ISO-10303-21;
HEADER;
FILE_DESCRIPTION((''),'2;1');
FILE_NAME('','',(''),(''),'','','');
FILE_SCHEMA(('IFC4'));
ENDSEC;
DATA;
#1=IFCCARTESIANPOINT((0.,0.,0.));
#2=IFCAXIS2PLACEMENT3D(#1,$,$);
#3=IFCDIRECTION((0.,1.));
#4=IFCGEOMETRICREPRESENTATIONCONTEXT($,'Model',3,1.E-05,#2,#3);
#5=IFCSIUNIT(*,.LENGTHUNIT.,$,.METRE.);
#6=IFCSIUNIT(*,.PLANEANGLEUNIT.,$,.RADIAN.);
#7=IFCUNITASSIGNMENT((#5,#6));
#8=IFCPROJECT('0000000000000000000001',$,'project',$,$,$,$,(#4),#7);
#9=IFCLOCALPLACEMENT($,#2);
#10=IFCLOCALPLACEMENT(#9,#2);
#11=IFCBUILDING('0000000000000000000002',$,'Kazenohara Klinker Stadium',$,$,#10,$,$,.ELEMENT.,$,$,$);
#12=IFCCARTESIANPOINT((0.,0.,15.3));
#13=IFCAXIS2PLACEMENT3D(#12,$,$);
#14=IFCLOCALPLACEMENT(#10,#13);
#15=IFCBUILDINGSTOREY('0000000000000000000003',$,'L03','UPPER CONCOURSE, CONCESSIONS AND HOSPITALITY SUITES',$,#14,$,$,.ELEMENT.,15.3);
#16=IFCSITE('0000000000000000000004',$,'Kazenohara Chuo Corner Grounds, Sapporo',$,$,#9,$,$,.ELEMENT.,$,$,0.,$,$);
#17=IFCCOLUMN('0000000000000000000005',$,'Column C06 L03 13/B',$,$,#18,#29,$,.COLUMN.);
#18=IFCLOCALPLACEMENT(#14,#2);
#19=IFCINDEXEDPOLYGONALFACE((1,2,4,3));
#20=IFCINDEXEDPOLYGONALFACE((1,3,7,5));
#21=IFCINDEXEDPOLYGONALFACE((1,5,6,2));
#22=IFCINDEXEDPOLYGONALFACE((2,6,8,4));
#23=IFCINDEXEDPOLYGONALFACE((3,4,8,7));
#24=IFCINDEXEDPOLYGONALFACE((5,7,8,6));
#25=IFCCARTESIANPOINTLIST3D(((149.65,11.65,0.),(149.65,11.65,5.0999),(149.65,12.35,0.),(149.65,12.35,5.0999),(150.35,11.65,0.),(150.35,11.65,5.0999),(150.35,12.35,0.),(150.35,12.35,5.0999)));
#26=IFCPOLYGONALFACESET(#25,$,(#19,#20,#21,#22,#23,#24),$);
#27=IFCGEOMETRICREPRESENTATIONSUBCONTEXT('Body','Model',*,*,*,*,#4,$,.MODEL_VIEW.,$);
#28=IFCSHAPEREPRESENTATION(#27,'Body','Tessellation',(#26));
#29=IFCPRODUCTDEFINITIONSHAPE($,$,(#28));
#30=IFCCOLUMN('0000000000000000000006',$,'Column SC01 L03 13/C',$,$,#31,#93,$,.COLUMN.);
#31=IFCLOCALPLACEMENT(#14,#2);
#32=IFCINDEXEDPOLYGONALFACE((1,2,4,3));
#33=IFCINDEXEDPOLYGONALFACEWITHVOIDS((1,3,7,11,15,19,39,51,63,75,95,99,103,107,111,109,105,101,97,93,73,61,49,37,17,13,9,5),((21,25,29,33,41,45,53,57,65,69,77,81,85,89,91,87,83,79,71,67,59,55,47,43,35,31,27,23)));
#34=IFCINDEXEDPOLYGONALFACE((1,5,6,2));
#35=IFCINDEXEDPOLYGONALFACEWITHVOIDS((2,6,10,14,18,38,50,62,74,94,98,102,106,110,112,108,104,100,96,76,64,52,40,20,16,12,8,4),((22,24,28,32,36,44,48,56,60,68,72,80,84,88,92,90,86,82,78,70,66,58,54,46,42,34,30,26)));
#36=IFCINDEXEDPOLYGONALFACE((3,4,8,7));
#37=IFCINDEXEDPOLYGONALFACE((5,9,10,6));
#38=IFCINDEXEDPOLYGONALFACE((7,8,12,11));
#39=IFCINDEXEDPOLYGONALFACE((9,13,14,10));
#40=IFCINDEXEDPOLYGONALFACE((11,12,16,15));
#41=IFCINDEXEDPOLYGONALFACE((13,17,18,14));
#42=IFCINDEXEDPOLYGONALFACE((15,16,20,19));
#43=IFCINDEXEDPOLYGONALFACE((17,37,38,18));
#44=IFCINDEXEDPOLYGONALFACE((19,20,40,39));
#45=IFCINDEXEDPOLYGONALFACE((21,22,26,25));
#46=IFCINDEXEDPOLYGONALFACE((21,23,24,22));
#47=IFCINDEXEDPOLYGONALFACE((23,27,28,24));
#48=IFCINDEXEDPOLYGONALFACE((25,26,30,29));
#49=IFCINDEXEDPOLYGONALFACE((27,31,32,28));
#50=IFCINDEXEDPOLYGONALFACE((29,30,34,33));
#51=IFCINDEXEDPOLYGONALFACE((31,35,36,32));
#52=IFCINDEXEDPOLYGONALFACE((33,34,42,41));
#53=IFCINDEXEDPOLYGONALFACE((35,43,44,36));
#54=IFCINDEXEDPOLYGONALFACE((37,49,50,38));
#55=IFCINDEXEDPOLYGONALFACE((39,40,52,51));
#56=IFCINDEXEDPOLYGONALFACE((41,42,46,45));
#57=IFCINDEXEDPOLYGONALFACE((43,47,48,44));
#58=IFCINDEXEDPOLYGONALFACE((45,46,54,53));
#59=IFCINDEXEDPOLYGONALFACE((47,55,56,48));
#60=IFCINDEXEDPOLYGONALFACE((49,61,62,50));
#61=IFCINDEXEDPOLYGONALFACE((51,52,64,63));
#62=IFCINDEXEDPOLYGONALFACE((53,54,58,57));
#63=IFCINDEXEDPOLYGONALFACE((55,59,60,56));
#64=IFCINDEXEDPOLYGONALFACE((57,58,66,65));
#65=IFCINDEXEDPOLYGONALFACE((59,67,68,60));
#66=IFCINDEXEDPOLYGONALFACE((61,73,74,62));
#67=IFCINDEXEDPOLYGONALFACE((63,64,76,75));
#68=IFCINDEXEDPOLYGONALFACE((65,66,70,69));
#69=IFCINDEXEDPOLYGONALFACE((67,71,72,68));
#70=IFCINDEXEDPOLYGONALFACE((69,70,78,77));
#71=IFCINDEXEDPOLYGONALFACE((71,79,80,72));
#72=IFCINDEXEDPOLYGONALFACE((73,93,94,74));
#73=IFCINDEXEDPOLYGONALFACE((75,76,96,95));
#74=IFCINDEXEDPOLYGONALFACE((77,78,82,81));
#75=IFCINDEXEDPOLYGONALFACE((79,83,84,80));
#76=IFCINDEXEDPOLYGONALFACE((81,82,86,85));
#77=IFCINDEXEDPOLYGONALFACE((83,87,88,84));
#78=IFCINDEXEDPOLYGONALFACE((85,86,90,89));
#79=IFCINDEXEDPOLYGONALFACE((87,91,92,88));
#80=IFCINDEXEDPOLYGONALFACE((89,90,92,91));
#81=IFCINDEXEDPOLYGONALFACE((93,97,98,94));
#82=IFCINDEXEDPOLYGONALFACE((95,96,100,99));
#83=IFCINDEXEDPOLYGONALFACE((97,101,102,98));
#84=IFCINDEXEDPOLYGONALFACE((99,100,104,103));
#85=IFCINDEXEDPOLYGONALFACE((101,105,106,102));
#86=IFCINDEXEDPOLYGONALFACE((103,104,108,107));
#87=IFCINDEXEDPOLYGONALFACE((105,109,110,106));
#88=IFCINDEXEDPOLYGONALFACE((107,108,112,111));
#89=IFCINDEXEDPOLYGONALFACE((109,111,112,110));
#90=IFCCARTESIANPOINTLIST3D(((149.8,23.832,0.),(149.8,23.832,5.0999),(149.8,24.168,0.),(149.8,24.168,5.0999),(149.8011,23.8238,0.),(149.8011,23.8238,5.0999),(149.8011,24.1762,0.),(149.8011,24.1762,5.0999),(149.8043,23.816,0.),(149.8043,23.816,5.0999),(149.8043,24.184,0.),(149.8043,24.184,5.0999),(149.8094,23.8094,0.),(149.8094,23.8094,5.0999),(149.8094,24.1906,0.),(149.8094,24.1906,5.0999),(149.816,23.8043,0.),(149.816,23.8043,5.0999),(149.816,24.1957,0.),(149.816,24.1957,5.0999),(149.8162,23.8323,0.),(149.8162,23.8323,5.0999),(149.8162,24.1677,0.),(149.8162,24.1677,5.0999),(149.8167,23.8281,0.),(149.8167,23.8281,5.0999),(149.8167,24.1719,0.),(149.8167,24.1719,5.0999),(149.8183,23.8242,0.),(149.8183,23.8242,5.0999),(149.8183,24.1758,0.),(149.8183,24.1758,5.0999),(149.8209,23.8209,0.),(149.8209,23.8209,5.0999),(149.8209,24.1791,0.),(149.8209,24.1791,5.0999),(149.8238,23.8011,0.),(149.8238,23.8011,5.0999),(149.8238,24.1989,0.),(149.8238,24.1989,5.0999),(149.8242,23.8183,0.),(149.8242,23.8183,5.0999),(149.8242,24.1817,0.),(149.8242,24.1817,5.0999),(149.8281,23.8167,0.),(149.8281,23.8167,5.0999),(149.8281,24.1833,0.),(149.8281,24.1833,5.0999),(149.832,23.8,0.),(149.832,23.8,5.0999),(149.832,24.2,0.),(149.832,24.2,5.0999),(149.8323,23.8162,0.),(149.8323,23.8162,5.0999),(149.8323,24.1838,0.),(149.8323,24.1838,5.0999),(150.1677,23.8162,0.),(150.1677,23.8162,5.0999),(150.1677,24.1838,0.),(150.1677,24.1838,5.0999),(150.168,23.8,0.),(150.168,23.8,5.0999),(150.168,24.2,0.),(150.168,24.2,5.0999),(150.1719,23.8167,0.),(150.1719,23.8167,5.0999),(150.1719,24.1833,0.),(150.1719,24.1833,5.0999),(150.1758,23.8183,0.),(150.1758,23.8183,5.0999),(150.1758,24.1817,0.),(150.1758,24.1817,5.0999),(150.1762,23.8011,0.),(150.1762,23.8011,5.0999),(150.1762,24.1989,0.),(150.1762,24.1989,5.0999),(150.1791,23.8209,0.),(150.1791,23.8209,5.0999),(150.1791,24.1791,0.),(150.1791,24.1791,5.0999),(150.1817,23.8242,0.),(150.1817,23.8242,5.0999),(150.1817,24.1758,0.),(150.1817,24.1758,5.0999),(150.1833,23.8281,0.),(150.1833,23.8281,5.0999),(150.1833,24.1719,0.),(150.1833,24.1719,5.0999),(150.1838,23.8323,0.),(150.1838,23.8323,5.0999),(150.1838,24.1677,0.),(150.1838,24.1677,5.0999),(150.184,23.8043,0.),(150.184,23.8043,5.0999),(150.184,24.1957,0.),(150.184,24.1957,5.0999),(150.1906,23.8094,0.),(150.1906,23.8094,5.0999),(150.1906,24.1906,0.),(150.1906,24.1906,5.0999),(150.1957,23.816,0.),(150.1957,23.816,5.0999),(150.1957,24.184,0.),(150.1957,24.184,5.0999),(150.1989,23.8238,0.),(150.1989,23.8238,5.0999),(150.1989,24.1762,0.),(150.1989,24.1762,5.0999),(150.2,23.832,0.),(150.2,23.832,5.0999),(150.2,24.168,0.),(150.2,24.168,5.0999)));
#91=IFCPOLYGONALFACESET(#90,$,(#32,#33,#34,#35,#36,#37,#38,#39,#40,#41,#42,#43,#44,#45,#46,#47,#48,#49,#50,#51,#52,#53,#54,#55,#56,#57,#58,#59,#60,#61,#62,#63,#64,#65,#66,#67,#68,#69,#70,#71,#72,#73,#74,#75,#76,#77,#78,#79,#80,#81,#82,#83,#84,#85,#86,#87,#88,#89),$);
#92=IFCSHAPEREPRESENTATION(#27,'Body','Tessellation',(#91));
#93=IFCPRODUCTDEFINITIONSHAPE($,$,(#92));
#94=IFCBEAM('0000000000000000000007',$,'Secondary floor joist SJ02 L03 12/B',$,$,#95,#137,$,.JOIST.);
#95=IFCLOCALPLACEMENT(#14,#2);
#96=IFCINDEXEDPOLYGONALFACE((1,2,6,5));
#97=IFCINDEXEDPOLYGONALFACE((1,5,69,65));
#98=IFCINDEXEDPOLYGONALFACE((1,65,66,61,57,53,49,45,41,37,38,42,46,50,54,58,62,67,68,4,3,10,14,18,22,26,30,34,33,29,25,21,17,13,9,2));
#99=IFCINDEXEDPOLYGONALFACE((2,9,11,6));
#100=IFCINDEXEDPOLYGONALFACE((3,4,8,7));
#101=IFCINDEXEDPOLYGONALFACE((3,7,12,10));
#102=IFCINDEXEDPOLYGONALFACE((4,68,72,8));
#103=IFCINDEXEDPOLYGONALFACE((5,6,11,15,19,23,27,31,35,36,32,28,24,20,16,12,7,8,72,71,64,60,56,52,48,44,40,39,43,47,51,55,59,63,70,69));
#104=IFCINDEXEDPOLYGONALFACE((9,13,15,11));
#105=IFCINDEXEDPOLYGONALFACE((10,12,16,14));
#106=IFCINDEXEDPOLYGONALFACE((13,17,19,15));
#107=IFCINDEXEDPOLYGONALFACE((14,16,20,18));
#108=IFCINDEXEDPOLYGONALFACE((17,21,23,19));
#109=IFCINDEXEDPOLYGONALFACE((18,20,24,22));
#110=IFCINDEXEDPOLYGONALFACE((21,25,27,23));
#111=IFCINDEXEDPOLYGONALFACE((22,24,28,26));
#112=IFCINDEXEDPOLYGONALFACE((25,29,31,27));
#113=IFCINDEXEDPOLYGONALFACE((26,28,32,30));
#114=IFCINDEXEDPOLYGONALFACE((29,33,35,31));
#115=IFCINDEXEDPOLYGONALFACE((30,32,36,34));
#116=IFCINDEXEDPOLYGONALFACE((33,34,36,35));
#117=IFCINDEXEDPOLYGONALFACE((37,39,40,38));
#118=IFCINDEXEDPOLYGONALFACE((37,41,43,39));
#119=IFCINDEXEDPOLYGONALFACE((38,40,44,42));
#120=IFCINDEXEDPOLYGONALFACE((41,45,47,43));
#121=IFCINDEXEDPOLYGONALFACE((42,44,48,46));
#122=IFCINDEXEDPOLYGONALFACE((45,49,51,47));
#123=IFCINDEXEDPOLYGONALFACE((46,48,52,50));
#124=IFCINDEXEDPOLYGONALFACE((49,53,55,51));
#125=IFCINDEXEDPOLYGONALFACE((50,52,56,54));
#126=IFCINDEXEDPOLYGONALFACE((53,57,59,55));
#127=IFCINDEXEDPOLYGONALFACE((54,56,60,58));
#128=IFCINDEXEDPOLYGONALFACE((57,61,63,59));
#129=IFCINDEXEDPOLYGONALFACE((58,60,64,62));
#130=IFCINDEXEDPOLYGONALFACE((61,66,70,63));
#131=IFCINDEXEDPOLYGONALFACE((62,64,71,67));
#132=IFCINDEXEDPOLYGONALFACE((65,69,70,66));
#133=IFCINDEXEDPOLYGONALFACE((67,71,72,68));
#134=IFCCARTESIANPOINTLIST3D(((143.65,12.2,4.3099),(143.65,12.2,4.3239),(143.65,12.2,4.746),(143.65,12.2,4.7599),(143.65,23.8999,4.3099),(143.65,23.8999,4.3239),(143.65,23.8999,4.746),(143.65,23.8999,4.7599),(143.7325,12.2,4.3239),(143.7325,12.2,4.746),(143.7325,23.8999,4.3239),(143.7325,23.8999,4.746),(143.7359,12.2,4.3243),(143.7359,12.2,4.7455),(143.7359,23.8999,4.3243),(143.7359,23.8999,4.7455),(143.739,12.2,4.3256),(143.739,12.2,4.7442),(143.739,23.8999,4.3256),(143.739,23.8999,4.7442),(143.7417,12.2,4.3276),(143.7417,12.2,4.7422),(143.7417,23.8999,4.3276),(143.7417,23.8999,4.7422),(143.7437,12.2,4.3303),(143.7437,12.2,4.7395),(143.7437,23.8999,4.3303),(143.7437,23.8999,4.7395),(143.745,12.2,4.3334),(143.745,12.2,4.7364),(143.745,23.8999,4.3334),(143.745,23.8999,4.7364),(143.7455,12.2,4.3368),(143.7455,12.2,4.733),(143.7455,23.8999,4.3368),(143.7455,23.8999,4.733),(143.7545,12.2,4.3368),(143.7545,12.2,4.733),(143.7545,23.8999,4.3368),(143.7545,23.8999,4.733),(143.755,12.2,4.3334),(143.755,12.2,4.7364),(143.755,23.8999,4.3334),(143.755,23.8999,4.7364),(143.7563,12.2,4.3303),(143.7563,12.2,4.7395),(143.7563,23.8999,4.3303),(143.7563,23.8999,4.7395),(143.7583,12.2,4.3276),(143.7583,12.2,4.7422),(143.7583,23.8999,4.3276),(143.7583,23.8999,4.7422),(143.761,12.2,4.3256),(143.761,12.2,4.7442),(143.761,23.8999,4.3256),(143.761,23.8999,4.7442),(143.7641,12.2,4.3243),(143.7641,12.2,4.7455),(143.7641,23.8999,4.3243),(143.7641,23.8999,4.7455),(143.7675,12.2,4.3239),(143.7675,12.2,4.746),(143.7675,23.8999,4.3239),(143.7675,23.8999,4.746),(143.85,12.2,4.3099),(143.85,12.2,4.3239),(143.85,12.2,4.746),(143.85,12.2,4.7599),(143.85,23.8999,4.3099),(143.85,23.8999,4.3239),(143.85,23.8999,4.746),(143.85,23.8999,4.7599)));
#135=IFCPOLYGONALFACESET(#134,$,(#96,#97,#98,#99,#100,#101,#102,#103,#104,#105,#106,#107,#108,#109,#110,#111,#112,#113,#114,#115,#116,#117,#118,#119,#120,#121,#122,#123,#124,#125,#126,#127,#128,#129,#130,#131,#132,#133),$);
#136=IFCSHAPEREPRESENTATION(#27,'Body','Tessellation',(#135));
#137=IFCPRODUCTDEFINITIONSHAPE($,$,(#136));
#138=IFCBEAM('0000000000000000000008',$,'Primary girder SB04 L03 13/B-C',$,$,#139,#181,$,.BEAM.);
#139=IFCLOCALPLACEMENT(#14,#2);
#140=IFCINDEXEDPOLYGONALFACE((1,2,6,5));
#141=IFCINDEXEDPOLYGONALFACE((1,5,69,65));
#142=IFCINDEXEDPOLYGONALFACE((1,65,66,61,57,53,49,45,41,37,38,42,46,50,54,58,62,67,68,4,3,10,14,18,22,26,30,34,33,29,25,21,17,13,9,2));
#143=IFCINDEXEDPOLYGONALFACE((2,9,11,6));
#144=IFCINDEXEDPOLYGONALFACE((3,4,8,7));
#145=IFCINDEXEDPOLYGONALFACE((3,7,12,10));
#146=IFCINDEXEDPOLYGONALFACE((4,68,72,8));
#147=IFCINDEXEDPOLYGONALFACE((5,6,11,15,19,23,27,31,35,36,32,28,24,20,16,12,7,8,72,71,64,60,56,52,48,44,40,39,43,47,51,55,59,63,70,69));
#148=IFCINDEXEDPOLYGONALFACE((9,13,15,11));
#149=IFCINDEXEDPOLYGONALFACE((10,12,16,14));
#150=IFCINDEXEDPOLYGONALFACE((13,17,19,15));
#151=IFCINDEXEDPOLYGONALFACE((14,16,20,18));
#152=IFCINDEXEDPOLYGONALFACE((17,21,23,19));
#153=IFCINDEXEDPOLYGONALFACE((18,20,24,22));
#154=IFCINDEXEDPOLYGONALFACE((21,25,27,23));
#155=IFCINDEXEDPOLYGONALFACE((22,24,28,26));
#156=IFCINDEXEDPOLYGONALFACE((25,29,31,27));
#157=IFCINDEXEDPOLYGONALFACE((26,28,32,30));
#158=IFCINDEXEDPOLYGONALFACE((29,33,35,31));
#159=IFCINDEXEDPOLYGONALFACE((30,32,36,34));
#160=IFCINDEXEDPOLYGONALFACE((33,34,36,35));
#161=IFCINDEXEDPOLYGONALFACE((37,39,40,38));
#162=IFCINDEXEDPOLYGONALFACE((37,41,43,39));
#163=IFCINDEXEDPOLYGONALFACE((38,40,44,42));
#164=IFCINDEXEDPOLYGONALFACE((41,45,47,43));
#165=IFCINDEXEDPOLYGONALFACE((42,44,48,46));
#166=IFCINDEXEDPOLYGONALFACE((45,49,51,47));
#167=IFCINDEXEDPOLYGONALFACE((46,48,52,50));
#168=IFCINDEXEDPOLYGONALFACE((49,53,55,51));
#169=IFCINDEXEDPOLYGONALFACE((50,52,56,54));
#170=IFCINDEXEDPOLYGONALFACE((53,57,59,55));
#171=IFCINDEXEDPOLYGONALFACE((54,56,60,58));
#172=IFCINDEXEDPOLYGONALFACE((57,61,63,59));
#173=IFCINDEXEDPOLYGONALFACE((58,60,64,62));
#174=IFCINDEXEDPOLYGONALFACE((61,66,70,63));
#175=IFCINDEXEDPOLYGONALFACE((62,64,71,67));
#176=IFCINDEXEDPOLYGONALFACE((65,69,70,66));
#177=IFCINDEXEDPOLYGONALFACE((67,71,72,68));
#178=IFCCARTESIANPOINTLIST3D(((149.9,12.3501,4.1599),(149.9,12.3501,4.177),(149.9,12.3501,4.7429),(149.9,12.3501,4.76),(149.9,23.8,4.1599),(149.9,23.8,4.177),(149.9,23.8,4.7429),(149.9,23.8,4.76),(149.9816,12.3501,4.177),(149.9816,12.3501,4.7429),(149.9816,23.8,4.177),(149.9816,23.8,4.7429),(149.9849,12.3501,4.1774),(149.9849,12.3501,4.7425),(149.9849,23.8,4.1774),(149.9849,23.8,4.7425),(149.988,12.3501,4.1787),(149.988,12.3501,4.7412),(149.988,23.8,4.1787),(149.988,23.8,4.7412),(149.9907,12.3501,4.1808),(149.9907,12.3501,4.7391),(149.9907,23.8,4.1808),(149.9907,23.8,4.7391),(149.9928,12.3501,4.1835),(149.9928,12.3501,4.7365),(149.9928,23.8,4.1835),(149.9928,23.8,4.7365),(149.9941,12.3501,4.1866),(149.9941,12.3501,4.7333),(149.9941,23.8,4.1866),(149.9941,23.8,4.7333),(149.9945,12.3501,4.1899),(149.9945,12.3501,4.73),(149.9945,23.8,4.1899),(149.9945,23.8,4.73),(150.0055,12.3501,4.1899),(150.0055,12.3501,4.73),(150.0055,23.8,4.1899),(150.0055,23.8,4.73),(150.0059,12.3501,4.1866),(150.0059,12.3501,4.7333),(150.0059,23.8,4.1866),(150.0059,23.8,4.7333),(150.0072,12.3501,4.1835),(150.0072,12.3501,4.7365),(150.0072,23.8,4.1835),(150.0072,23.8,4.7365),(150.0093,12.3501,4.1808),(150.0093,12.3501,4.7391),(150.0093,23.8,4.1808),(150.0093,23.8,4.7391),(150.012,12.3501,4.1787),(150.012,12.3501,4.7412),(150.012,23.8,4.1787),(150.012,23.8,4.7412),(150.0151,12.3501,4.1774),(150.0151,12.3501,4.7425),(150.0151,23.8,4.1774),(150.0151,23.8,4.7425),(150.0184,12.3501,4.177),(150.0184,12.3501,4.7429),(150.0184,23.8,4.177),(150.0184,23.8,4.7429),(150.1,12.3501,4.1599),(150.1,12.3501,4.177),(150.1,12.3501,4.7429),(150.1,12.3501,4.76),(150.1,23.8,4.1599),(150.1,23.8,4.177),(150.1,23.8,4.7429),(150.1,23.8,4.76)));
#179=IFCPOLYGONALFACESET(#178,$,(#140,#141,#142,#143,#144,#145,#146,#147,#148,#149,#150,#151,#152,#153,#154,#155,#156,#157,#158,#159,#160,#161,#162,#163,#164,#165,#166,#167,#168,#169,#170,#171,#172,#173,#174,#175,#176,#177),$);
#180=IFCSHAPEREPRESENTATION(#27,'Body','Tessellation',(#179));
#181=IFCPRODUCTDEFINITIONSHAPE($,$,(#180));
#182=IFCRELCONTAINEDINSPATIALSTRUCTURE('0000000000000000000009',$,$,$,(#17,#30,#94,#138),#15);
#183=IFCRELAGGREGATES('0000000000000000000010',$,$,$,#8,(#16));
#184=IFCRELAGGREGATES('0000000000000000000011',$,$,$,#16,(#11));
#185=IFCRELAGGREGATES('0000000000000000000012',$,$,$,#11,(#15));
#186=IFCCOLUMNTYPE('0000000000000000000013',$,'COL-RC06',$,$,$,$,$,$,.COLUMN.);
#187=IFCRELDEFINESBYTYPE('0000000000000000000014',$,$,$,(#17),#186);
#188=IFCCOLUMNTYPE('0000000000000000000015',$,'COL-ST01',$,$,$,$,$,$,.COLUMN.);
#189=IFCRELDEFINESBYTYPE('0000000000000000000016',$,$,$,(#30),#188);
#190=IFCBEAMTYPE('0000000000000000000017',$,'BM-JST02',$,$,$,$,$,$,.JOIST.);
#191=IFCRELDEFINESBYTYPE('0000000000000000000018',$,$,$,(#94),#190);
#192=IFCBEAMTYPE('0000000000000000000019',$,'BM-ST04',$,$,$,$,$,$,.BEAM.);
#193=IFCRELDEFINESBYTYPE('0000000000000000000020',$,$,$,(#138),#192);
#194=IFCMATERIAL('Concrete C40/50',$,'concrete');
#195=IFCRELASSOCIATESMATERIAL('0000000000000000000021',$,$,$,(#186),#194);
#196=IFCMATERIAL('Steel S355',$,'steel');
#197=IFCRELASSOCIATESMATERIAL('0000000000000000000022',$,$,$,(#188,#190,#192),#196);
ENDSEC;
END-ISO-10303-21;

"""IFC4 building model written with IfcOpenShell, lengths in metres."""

from ifc_helpers import new_model, si_unit, direction, frame, origin, origin_2d, place, context, subcontext, project, spatial, rectangle, hollow_rectangle, i_section, extrude, material, material_profile, profile_set, type_object, element, save


model = new_model("IFC4")

# Units and contexts
model_context = context("Model", 3, precision=1e-05, world=origin(), true_north=direction((0.0, 1.0)))
body_context = subcontext(model_context, "Body", "Model", "MODEL_VIEW")
ifc_project = project(units=[si_unit("LENGTHUNIT", "METRE"), si_unit("PLANEANGLEUNIT", "RADIAN")], contexts=[model_context])

# Site, building, storey
site_placement = place(None, origin())
site = spatial("IfcSite", under=ifc_project, at=site_placement, Name="Kazenohara Chuo Corner Grounds, Sapporo", CompositionType="ELEMENT", RefElevation=0.0)
building_placement = place(site_placement, origin())
building = spatial("IfcBuilding", under=site, at=building_placement, Name="Kazenohara Klinker Stadium", CompositionType="ELEMENT")
storey_placement = place(building_placement, frame((0.0, 0.0, 15.3)))
storey = spatial("IfcBuildingStorey", under=building, at=storey_placement, Name="L03", Description="UPPER CONCOURSE, CONCESSIONS AND HOSPITALITY SUITES", CompositionType="ELEMENT", Elevation=15.3)

# Columns
ifc_material_1 = material(Name="Concrete C40/50", Category="concrete")
ifc_material_profile_1 = material_profile(ifc_material_1, rectangle(XDim=0.7, YDim=0.7, at=origin_2d()), Name="RC-COL-700x700")
ifc_profile_set_1 = profile_set([ifc_material_profile_1], Name="Concrete C40/50")
column_type_1 = type_object("IfcColumnType", Name="COL-RC06", PredefinedType="COLUMN", material=ifc_profile_set_1)
column_1_placement = place(storey_placement, frame((150.0, 12.0, 0.0), z_axis=(0.0, 0.0, 1.0), x_axis=(1.0, 0.0, 0.0)))
element("IfcColumn", 1, at=column_1_placement, inside=storey, type_object=column_type_1, Name="Column C06 L03 13/B", PredefinedType="COLUMN", context=body_context, shape_type="SweptSolid", body=[
    extrude(rectangle(XDim=0.7, YDim=0.7, at=origin_2d()), origin(), (0.0, 0.0, 1.0), 5.0999),
])
ifc_material_2 = material(Name="Steel S355", Category="steel")
ifc_material_profile_2 = material_profile(ifc_material_2, hollow_rectangle(XDim=0.3999, YDim=0.3999, WallThickness=0.0161, InnerFilletRadius=0.0161, OuterFilletRadius=0.032, at=origin_2d()), Name="SHS-400x400x16")
ifc_profile_set_2 = profile_set([ifc_material_profile_2], Name="Steel S355")
column_type_2 = type_object("IfcColumnType", Name="COL-ST01", PredefinedType="COLUMN", material=ifc_profile_set_2)
column_2_placement = place(storey_placement, frame((150.0, 24.0, 0.0), z_axis=(0.0, 0.0, 1.0), x_axis=(1.0, 0.0, 0.0)))
element("IfcColumn", 2, at=column_2_placement, inside=storey, type_object=column_type_2, Name="Column SC01 L03 13/C", PredefinedType="COLUMN", context=body_context, shape_type="SweptSolid", body=[
    extrude(hollow_rectangle(XDim=0.3999, YDim=0.3999, WallThickness=0.0161, InnerFilletRadius=0.0161, OuterFilletRadius=0.032, at=origin_2d()), origin(), (0.0, 0.0, 1.0), 5.0999),
])

# Beams
ifc_material_profile_3 = material_profile(ifc_material_2, i_section(OverallWidth=0.2, OverallDepth=0.45, WebThickness=0.009, FlangeThickness=0.0139, FilletRadius=0.0129, at=origin_2d()), Name="H-450x200x9x14")
ifc_profile_set_3 = profile_set([ifc_material_profile_3], Name="Steel S355")
beam_type_1 = type_object("IfcBeamType", Name="BM-JST02", PredefinedType="JOIST", material=ifc_profile_set_3)
beam_1_placement = place(storey_placement, frame((143.75, 12.2, 4.5349), z_axis=(0.0, 1.0, 0.0), x_axis=(-1.0, 0.0, 0.0)))
element("IfcBeam", 3, at=beam_1_placement, inside=storey, type_object=beam_type_1, Name="Secondary floor joist SJ02 L03 12/B", PredefinedType="JOIST", context=body_context, shape_type="SweptSolid", body=[
    extrude(i_section(OverallWidth=0.2, OverallDepth=0.45, WebThickness=0.009, FlangeThickness=0.0139, FilletRadius=0.0129, at=origin_2d()), origin(), (0.0, 0.0, 1.0), 11.7),
])
ifc_material_profile_4 = material_profile(ifc_material_2, i_section(OverallWidth=0.2, OverallDepth=0.6001, WebThickness=0.011, FlangeThickness=0.0171, FilletRadius=0.0129, at=origin_2d()), Name="H-600x200x11x17")
ifc_profile_set_4 = profile_set([ifc_material_profile_4], Name="Steel S355")
beam_type_2 = type_object("IfcBeamType", Name="BM-ST04", PredefinedType="BEAM", material=ifc_profile_set_4)
beam_2_placement = place(storey_placement, frame((150.0, 12.3501, 4.46), z_axis=(0.0, 1.0, 0.0), x_axis=(-1.0, 0.0, 0.0)))
element("IfcBeam", 4, at=beam_2_placement, inside=storey, type_object=beam_type_2, Name="Primary girder SB04 L03 13/B-C", PredefinedType="BEAM", context=body_context, shape_type="SweptSolid", body=[
    extrude(i_section(OverallWidth=0.2, OverallDepth=0.6001, WebThickness=0.011, FlangeThickness=0.0171, FilletRadius=0.0129, at=origin_2d()), origin(), (0.0, 0.0, 1.0), 11.45),
])

save(model, "model.ifc")
